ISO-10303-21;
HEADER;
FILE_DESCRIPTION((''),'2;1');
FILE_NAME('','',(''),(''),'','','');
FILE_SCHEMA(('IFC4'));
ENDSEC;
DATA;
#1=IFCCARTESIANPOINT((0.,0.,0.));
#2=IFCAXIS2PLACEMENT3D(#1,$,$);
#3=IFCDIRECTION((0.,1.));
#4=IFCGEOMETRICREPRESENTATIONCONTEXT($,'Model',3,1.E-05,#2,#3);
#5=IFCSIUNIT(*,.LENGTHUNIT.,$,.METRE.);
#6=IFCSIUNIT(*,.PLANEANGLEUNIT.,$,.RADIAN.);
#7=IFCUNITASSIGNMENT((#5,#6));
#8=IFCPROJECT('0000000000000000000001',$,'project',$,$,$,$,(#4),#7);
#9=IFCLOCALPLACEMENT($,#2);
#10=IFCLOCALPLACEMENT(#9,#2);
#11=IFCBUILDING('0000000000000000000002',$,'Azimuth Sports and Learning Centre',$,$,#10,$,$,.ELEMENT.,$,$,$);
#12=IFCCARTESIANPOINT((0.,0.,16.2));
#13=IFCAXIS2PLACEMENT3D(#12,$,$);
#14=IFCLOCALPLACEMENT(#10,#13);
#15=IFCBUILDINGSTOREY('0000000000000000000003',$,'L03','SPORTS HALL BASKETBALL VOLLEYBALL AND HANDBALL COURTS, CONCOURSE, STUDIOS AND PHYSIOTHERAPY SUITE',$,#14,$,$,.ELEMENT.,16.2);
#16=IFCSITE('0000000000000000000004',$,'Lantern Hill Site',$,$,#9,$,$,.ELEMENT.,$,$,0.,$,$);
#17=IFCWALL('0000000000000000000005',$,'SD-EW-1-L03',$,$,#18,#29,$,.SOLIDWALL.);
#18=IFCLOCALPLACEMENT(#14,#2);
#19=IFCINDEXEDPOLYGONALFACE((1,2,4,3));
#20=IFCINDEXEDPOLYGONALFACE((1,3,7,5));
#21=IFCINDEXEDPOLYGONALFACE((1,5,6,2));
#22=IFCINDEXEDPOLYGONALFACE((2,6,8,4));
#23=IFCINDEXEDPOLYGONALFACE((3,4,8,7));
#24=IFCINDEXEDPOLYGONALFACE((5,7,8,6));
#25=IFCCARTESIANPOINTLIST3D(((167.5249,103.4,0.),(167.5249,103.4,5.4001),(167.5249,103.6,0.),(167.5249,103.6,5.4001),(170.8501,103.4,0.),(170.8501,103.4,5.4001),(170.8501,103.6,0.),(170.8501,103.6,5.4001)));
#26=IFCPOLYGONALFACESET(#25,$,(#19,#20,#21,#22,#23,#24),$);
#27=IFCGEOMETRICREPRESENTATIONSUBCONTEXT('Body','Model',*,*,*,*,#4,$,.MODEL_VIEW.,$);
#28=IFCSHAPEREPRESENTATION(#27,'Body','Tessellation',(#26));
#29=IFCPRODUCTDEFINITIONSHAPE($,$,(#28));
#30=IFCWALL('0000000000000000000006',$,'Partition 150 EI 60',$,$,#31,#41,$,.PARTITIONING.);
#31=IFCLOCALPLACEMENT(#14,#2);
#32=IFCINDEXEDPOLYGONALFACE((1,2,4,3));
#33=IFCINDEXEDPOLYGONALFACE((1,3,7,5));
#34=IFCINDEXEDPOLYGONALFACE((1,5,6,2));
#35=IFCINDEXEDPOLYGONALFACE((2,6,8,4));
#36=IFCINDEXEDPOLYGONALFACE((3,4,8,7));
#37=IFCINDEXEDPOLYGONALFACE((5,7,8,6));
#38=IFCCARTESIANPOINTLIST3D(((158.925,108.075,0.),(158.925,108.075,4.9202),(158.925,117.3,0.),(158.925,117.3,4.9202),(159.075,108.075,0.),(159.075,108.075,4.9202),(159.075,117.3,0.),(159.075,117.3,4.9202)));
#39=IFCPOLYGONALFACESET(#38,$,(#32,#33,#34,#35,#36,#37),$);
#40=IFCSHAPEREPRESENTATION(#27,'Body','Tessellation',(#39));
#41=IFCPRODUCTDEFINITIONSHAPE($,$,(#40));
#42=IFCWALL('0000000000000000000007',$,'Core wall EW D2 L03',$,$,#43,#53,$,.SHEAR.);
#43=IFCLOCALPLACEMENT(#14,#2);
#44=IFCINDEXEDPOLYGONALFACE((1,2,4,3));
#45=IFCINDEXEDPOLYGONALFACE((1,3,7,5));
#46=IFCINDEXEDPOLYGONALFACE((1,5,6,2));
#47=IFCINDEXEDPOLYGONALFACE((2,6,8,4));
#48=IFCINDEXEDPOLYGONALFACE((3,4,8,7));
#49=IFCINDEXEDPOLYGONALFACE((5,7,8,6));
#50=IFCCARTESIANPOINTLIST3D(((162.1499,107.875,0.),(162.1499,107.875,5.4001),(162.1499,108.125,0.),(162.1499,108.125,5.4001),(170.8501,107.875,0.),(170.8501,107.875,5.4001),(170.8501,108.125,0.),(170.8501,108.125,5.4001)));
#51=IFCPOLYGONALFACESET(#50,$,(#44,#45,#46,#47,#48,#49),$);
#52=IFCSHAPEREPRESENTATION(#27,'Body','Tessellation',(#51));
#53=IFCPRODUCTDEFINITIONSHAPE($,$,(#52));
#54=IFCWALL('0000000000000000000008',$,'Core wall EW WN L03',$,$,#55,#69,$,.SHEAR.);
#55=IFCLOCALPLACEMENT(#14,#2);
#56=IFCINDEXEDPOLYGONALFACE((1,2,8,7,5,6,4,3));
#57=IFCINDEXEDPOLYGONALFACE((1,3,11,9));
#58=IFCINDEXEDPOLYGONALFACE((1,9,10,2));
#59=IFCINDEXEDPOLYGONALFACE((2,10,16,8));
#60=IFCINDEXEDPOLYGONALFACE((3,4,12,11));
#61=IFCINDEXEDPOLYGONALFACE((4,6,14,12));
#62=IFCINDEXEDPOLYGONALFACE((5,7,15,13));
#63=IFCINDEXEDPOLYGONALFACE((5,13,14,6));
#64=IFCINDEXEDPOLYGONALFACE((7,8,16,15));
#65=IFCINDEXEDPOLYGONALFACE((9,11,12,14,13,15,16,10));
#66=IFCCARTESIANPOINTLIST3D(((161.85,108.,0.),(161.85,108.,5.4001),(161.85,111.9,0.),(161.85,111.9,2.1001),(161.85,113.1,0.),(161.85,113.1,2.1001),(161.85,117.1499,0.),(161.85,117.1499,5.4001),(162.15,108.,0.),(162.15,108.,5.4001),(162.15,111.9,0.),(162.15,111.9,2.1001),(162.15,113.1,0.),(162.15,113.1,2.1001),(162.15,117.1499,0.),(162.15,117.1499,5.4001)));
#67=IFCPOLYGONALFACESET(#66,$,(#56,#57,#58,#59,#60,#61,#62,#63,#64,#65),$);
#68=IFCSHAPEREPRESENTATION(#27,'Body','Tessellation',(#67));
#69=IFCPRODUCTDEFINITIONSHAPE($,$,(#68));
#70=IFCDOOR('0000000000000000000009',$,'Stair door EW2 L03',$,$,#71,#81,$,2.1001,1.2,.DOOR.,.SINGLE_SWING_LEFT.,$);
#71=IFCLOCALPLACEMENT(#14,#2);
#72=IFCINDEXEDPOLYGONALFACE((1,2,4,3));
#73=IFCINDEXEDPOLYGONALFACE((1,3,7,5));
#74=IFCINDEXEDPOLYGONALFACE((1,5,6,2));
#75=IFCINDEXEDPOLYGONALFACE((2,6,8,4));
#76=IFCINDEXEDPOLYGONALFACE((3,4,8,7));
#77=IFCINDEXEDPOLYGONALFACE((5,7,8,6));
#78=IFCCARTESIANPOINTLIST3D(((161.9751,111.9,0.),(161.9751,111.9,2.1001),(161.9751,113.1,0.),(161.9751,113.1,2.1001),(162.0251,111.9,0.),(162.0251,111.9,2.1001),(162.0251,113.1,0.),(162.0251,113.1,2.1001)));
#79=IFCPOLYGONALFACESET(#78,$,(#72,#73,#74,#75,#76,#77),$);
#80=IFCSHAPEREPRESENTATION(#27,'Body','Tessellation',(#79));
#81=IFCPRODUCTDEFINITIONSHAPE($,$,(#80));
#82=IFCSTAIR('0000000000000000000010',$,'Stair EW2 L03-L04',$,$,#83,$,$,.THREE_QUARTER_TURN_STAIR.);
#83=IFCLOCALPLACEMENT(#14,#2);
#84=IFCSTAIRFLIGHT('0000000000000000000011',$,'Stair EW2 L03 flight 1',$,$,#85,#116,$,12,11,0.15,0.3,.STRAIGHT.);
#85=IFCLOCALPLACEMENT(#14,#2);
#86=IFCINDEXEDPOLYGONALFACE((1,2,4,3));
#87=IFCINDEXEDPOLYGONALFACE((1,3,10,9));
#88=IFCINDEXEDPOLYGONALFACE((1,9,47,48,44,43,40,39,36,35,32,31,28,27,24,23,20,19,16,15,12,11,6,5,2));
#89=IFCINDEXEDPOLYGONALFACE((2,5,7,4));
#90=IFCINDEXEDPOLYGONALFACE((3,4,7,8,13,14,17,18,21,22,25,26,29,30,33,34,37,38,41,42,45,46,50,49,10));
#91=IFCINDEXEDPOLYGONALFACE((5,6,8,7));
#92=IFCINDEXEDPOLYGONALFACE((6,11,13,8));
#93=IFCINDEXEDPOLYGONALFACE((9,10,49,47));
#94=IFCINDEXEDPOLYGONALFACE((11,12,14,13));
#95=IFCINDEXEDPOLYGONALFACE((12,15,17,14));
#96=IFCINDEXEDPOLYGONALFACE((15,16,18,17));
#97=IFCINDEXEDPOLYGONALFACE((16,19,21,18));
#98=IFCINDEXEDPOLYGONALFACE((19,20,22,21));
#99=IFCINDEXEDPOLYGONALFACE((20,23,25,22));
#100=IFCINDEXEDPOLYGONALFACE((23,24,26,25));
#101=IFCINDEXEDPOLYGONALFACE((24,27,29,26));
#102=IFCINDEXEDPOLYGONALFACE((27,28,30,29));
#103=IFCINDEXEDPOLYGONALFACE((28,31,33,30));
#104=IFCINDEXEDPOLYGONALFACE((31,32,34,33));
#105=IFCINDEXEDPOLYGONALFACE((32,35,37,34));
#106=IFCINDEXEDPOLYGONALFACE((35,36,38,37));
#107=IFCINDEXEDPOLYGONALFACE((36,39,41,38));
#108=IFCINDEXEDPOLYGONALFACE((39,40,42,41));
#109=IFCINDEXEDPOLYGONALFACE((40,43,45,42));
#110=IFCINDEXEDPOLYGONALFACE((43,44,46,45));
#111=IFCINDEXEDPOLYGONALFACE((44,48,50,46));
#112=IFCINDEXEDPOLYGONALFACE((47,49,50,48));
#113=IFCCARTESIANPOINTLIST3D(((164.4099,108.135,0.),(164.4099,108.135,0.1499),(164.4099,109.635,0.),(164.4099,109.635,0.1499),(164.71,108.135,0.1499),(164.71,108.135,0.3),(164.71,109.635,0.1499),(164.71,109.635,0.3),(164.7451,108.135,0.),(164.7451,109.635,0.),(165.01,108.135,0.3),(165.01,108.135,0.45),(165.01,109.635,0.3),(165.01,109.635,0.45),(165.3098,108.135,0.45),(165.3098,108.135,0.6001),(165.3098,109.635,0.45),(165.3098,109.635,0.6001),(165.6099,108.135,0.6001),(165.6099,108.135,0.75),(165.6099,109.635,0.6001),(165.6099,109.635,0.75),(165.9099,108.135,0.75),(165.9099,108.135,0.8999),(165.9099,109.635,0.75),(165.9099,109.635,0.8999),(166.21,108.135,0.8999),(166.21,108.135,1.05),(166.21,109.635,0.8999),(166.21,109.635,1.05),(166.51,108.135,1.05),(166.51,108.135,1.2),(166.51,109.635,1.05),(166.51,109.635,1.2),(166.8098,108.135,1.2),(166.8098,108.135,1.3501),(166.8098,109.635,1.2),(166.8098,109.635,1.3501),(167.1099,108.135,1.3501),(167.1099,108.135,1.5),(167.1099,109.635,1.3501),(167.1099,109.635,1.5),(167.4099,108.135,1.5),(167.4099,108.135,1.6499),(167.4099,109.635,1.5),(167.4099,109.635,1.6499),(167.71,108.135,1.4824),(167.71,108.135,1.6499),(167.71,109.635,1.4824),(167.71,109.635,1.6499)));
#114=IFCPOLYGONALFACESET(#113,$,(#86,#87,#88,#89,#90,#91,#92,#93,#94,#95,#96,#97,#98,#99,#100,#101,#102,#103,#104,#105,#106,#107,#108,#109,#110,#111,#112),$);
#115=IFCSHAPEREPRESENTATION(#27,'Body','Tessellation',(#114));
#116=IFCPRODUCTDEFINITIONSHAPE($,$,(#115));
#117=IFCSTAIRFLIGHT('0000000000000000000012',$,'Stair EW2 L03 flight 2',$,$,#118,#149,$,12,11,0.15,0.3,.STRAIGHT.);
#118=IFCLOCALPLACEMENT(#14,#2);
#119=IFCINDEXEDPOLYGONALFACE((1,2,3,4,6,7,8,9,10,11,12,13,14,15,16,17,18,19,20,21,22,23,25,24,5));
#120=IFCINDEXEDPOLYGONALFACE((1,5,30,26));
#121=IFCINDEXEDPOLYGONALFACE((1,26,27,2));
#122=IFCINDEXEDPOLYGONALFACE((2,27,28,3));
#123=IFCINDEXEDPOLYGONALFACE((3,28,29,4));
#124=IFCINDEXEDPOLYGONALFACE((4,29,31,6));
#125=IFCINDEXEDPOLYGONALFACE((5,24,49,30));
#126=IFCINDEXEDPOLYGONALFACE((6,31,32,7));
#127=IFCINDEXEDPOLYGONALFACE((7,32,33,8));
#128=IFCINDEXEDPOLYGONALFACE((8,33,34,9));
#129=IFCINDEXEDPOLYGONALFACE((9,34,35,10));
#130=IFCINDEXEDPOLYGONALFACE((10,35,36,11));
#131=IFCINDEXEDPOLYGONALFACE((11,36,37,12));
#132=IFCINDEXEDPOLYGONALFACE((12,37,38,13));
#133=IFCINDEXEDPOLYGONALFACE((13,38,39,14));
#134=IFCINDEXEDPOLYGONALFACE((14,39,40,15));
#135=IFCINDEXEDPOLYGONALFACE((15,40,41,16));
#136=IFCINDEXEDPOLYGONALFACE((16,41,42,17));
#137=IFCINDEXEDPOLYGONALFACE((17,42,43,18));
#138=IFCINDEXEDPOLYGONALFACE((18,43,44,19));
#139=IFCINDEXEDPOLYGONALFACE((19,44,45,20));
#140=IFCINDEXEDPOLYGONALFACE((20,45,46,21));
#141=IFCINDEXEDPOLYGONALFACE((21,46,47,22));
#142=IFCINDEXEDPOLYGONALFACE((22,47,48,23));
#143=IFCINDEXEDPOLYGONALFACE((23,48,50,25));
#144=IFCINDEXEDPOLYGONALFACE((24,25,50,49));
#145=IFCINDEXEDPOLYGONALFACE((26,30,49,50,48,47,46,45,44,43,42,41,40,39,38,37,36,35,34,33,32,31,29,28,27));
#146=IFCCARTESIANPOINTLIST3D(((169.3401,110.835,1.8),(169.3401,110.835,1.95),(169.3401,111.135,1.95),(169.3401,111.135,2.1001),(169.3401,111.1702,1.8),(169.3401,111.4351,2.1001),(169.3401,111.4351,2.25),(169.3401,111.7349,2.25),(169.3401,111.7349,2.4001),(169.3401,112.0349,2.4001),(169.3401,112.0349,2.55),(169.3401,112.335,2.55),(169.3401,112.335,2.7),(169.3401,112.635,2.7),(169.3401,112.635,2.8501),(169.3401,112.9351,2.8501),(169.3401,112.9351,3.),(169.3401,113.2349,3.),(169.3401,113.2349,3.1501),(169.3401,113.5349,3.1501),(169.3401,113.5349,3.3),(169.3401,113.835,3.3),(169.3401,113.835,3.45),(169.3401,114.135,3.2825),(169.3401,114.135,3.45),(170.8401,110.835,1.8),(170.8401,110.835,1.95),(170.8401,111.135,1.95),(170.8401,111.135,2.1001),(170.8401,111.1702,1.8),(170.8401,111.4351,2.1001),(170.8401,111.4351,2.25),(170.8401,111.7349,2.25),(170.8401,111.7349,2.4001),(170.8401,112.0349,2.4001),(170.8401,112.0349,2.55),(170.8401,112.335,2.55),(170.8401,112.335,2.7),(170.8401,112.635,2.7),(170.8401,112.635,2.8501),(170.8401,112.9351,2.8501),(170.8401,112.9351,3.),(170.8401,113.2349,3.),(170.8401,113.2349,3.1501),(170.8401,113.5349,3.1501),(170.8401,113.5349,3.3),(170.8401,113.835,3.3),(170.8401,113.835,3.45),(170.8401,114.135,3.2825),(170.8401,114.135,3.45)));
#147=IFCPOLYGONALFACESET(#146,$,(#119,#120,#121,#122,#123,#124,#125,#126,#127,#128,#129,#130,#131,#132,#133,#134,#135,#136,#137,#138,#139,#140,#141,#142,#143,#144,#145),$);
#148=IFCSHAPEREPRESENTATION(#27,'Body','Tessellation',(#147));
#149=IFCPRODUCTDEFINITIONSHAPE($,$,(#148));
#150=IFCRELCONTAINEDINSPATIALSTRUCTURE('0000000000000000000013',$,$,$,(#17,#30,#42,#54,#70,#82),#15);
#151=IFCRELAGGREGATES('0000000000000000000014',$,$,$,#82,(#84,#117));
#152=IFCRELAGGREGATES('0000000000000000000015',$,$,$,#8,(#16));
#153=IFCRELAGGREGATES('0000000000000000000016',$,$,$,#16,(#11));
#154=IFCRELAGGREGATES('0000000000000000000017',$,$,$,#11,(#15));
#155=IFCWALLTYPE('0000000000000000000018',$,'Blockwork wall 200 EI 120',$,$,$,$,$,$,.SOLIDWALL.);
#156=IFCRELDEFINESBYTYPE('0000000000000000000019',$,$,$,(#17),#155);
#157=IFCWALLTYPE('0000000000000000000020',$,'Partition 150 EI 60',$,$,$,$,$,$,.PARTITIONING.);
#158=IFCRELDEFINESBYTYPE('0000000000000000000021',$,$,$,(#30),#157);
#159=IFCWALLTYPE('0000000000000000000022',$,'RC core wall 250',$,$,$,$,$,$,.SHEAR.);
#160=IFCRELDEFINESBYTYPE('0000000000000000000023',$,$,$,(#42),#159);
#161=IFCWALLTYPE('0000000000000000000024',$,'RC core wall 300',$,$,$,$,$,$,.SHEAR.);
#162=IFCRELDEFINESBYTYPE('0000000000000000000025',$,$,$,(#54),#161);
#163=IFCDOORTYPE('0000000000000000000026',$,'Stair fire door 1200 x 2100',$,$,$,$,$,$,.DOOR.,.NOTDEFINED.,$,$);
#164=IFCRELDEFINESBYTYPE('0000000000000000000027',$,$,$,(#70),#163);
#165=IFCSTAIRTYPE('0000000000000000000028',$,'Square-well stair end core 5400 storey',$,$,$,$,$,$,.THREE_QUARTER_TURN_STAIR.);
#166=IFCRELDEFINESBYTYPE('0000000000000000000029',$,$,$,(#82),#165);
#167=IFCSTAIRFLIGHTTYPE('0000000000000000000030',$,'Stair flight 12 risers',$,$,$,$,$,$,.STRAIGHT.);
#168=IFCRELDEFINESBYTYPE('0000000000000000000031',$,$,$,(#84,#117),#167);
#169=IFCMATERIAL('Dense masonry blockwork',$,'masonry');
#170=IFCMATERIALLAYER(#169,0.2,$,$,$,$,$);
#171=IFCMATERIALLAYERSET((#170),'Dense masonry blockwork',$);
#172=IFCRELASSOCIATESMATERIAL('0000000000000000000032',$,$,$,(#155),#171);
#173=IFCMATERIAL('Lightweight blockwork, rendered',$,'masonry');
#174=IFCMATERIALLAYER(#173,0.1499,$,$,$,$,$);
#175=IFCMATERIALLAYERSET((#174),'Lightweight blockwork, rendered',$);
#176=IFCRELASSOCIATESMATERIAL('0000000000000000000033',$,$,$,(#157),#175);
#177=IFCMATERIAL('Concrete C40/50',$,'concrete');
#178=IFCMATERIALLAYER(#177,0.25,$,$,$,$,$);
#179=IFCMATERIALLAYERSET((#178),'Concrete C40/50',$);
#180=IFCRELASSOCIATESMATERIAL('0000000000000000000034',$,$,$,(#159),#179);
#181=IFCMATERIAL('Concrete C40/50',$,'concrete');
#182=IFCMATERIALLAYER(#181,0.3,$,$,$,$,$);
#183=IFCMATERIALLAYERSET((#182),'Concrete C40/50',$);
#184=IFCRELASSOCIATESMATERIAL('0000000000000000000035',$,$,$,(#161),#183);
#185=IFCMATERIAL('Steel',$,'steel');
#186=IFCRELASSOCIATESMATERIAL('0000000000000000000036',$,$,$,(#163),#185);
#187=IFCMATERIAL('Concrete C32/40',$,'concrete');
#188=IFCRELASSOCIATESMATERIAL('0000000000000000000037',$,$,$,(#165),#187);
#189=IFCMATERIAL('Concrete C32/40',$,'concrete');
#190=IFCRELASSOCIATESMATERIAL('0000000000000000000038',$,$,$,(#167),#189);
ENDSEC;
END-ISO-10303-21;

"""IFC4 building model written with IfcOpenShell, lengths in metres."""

from ifc_helpers import new_model, si_unit, direction, frame, frame_2d, origin, place, context, subcontext, project, spatial, polyline, rectangle, outline, extrude, material, layer, layer_set, type_object, element, fill, aggregate, save


model = new_model("IFC4")

# Units and contexts
model_context = context("Model", 3, precision=1e-05, world=origin(), true_north=direction((0.0, 1.0)))
body_context = subcontext(model_context, "Body", "Model", "MODEL_VIEW")
ifc_project = project(units=[si_unit("LENGTHUNIT", "METRE"), si_unit("PLANEANGLEUNIT", "RADIAN")], contexts=[model_context])

# Site, building, storey
site_placement = place(None, origin())
site = spatial("IfcSite", under=ifc_project, at=site_placement, Name="Lantern Hill Site", CompositionType="ELEMENT", RefElevation=0.0)
building_placement = place(site_placement, origin())
building = spatial("IfcBuilding", under=site, at=building_placement, Name="Azimuth Sports and Learning Centre", CompositionType="ELEMENT")
storey_placement = place(building_placement, frame((0.0, 0.0, 16.2)))
storey = spatial("IfcBuildingStorey", under=building, at=storey_placement, Name="L03", Description="SPORTS HALL BASKETBALL VOLLEYBALL AND HANDBALL COURTS, CONCOURSE, STUDIOS AND PHYSIOTHERAPY SUITE", CompositionType="ELEMENT", Elevation=16.2)

# Walls
ifc_material_1 = material(Name="Dense masonry blockwork", Category="masonry")
ifc_layer_1 = layer(ifc_material_1, 0.2)
ifc_layer_set_1 = layer_set([ifc_layer_1], Name="Dense masonry blockwork")
wall_type_1 = type_object("IfcWallType", Name="Blockwork wall 200 EI 120", PredefinedType="SOLIDWALL", material=ifc_layer_set_1)
wall_1_placement = place(storey_placement, frame((167.5249, 103.5, 0.0), z_axis=(0.0, 0.0, 1.0), x_axis=(1.0, 0.0, 0.0)))
element("IfcWall", 1, at=wall_1_placement, inside=storey, type_object=wall_type_1, Name="SD-EW-1-L03", PredefinedType="SOLIDWALL", context=body_context, shape_type="SweptSolid", body=[
    extrude(rectangle(XDim=3.3252, YDim=0.2, at=frame_2d((1.6626, 0.0))), origin(), (0.0, 0.0, 1.0), 5.4001),
])
ifc_material_2 = material(Name="Lightweight blockwork, rendered", Category="masonry")
ifc_layer_2 = layer(ifc_material_2, 0.1499)
ifc_layer_set_2 = layer_set([ifc_layer_2], Name="Lightweight blockwork, rendered")
wall_type_2 = type_object("IfcWallType", Name="Partition 150 EI 60", PredefinedType="PARTITIONING", material=ifc_layer_set_2)
wall_2_placement = place(storey_placement, frame((159.0, 108.075, 0.0), z_axis=(0.0, 0.0, 1.0), x_axis=(0.0, 1.0, 0.0)))
element("IfcWall", 2, at=wall_2_placement, inside=storey, type_object=wall_type_2, Name="Partition 150 EI 60", PredefinedType="PARTITIONING", context=body_context, shape_type="SweptSolid", body=[
    extrude(rectangle(XDim=9.2251, YDim=0.1499, at=frame_2d((4.6125, 0.0))), origin(), (0.0, 0.0, 1.0), 4.9202),
])
ifc_material_3 = material(Name="Concrete C40/50", Category="concrete")
ifc_layer_3 = layer(ifc_material_3, 0.25)
ifc_layer_set_3 = layer_set([ifc_layer_3], Name="Concrete C40/50")
wall_type_3 = type_object("IfcWallType", Name="RC core wall 250", PredefinedType="SHEAR", material=ifc_layer_set_3)
wall_3_placement = place(storey_placement, frame((162.1499, 108.0, 0.0), z_axis=(0.0, 0.0, 1.0), x_axis=(1.0, 0.0, 0.0)))
element("IfcWall", 3, at=wall_3_placement, inside=storey, type_object=wall_type_3, Name="Core wall EW D2 L03", PredefinedType="SHEAR", context=body_context, shape_type="SweptSolid", body=[
    extrude(rectangle(XDim=8.7002, YDim=0.25, at=frame_2d((4.3501, 0.0))), origin(), (0.0, 0.0, 1.0), 5.4001),
])

# Wall, opening, door
ifc_material_4 = material(Name="Concrete C40/50", Category="concrete")
ifc_layer_4 = layer(ifc_material_4, 0.3)
ifc_layer_set_4 = layer_set([ifc_layer_4], Name="Concrete C40/50")
wall_type_4 = type_object("IfcWallType", Name="RC core wall 300", PredefinedType="SHEAR", material=ifc_layer_set_4)
wall_4_placement = place(storey_placement, frame((162.0, 108.0, 0.0), z_axis=(0.0, 0.0, 1.0), x_axis=(0.0, 1.0, 0.0)))
wall_4 = element("IfcWall", 4, at=wall_4_placement, inside=storey, type_object=wall_type_4, Name="Core wall EW WN L03", PredefinedType="SHEAR", context=body_context, shape_type="SweptSolid", body=[
    extrude(rectangle(XDim=9.1499, YDim=0.3, at=frame_2d((4.575, 0.0))), origin(), (0.0, 0.0, 1.0), 5.4001),
])
opening_placement = place(wall_4_placement, frame((3.8999, 0.0, 0.0)))
opening = element("IfcOpeningElement", 5, at=opening_placement, cuts=wall_4, PredefinedType="OPENING", context=body_context, shape_type="SweptSolid", body=[
    extrude(rectangle(XDim=1.2, YDim=2.1001, at=frame_2d((0.6001, 1.05))), frame((0.0, 0.1611, 0.0), z_axis=(0.0, -1.0, 0.0), x_axis=(1.0, 0.0, 0.0)), (0.0, 0.0, 1.0), 0.322),
])
ifc_material_5 = material(Name="Steel", Category="steel")
door_type = type_object("IfcDoorType", Name="Stair fire door 1200 x 2100", OperationType="NOTDEFINED", PredefinedType="DOOR", material=ifc_material_5)
door_placement = place(opening_placement, origin())
door = element("IfcDoor", 6, at=door_placement, inside=storey, type_object=door_type, Name="Stair door EW2 L03", OperationType="SINGLE_SWING_LEFT", OverallHeight=2.1001, OverallWidth=1.2, PredefinedType="DOOR", context=body_context, shape_type="SweptSolid", body=[
    extrude(rectangle(XDim=1.2, YDim=2.1001, at=frame_2d((0.6001, 1.05))), frame((0.0, 0.0249, 0.0), z_axis=(0.0, -1.0, 0.0), x_axis=(1.0, 0.0, 0.0)), (0.0, 0.0, 1.0), 0.05),
])
fill(opening, door)

# Stair, stair flights
ifc_material_6 = material(Name="Concrete C32/40", Category="concrete")
stair_type = type_object("IfcStairType", Name="Square-well stair end core 5400 storey", PredefinedType="THREE_QUARTER_TURN_STAIR", material=ifc_material_6)
stair_placement = place(storey_placement, origin())
stair = element("IfcStair", 7, at=stair_placement, inside=storey, type_object=stair_type, Name="Stair EW2 L03-L04", PredefinedType="THREE_QUARTER_TURN_STAIR")
ifc_material_7 = material(Name="Concrete C32/40", Category="concrete")
stair_flight_type = type_object("IfcStairFlightType", Name="Stair flight 12 risers", PredefinedType="STRAIGHT", material=ifc_material_7)
stair_flight_1_placement = place(storey_placement, frame((164.4099, 108.885, 0.0), z_axis=(0.0, 0.0, 1.0), x_axis=(1.0, 0.0, 0.0)))
stair_flight_1 = element("IfcStairFlight", 8, at=stair_flight_1_placement, type_object=stair_flight_type, Name="Stair EW2 L03 flight 1", NumberOfRisers=12, NumberOfTreads=11, PredefinedType="STRAIGHT", RiserHeight=0.15, TreadLength=0.3, context=body_context, shape_type="SweptSolid", body=[
    extrude(outline(polyline([(0.0, 0.0), (0.0, 0.1499), (0.3, 0.1499), (0.3, 0.3), (0.6001, 0.3), (0.6001, 0.45), (0.8999, 0.45), (0.8999, 0.6001), (1.2, 0.6001), (1.2, 0.75), (1.5, 0.75), (1.5, 0.8999), (1.8, 0.8999), (1.8, 1.05), (2.1001, 1.05), (2.1001, 1.2), (2.3999, 1.2), (2.3999, 1.3501), (2.7, 1.3501), (2.7, 1.5), (3.0, 1.5), (3.0, 1.6499), (3.3, 1.6499), (3.3, 1.8), (3.3, 1.4824), (0.3352, 0.0), (0.0, 0.0)])), frame((0.0, 0.75, 0.0), z_axis=(0.0, -1.0, 0.0), x_axis=(1.0, 0.0, 0.0)), (0.0, 0.0, 1.0), 1.5),
])
stair_flight_2_placement = place(storey_placement, frame((170.0901, 110.835, 1.8), z_axis=(0.0, 0.0, 1.0), x_axis=(0.0, 1.0, 0.0)))
stair_flight_2 = element("IfcStairFlight", 9, at=stair_flight_2_placement, type_object=stair_flight_type, Name="Stair EW2 L03 flight 2", NumberOfRisers=12, NumberOfTreads=11, PredefinedType="STRAIGHT", RiserHeight=0.15, TreadLength=0.3, context=body_context, shape_type="SweptSolid", body=[
    extrude(outline(polyline([(0.0, 0.0), (0.0, 0.1499), (0.3, 0.1499), (0.3, 0.3), (0.6001, 0.3), (0.6001, 0.45), (0.8999, 0.45), (0.8999, 0.6001), (1.2, 0.6001), (1.2, 0.75), (1.5, 0.75), (1.5, 0.8999), (1.8, 0.8999), (1.8, 1.05), (2.1001, 1.05), (2.1001, 1.2), (2.3999, 1.2), (2.3999, 1.3501), (2.7, 1.3501), (2.7, 1.5), (3.0, 1.5), (3.0, 1.6499), (3.3, 1.6499), (3.3, 1.8), (3.3, 1.4824), (0.3352, 0.0), (0.0, 0.0)])), frame((0.0, 0.75, 0.0), z_axis=(0.0, -1.0, 0.0), x_axis=(1.0, 0.0, 0.0)), (0.0, 0.0, 1.0), 1.5),
])
aggregate(stair, [stair_flight_1, stair_flight_2])

save(model, "model.ifc")
